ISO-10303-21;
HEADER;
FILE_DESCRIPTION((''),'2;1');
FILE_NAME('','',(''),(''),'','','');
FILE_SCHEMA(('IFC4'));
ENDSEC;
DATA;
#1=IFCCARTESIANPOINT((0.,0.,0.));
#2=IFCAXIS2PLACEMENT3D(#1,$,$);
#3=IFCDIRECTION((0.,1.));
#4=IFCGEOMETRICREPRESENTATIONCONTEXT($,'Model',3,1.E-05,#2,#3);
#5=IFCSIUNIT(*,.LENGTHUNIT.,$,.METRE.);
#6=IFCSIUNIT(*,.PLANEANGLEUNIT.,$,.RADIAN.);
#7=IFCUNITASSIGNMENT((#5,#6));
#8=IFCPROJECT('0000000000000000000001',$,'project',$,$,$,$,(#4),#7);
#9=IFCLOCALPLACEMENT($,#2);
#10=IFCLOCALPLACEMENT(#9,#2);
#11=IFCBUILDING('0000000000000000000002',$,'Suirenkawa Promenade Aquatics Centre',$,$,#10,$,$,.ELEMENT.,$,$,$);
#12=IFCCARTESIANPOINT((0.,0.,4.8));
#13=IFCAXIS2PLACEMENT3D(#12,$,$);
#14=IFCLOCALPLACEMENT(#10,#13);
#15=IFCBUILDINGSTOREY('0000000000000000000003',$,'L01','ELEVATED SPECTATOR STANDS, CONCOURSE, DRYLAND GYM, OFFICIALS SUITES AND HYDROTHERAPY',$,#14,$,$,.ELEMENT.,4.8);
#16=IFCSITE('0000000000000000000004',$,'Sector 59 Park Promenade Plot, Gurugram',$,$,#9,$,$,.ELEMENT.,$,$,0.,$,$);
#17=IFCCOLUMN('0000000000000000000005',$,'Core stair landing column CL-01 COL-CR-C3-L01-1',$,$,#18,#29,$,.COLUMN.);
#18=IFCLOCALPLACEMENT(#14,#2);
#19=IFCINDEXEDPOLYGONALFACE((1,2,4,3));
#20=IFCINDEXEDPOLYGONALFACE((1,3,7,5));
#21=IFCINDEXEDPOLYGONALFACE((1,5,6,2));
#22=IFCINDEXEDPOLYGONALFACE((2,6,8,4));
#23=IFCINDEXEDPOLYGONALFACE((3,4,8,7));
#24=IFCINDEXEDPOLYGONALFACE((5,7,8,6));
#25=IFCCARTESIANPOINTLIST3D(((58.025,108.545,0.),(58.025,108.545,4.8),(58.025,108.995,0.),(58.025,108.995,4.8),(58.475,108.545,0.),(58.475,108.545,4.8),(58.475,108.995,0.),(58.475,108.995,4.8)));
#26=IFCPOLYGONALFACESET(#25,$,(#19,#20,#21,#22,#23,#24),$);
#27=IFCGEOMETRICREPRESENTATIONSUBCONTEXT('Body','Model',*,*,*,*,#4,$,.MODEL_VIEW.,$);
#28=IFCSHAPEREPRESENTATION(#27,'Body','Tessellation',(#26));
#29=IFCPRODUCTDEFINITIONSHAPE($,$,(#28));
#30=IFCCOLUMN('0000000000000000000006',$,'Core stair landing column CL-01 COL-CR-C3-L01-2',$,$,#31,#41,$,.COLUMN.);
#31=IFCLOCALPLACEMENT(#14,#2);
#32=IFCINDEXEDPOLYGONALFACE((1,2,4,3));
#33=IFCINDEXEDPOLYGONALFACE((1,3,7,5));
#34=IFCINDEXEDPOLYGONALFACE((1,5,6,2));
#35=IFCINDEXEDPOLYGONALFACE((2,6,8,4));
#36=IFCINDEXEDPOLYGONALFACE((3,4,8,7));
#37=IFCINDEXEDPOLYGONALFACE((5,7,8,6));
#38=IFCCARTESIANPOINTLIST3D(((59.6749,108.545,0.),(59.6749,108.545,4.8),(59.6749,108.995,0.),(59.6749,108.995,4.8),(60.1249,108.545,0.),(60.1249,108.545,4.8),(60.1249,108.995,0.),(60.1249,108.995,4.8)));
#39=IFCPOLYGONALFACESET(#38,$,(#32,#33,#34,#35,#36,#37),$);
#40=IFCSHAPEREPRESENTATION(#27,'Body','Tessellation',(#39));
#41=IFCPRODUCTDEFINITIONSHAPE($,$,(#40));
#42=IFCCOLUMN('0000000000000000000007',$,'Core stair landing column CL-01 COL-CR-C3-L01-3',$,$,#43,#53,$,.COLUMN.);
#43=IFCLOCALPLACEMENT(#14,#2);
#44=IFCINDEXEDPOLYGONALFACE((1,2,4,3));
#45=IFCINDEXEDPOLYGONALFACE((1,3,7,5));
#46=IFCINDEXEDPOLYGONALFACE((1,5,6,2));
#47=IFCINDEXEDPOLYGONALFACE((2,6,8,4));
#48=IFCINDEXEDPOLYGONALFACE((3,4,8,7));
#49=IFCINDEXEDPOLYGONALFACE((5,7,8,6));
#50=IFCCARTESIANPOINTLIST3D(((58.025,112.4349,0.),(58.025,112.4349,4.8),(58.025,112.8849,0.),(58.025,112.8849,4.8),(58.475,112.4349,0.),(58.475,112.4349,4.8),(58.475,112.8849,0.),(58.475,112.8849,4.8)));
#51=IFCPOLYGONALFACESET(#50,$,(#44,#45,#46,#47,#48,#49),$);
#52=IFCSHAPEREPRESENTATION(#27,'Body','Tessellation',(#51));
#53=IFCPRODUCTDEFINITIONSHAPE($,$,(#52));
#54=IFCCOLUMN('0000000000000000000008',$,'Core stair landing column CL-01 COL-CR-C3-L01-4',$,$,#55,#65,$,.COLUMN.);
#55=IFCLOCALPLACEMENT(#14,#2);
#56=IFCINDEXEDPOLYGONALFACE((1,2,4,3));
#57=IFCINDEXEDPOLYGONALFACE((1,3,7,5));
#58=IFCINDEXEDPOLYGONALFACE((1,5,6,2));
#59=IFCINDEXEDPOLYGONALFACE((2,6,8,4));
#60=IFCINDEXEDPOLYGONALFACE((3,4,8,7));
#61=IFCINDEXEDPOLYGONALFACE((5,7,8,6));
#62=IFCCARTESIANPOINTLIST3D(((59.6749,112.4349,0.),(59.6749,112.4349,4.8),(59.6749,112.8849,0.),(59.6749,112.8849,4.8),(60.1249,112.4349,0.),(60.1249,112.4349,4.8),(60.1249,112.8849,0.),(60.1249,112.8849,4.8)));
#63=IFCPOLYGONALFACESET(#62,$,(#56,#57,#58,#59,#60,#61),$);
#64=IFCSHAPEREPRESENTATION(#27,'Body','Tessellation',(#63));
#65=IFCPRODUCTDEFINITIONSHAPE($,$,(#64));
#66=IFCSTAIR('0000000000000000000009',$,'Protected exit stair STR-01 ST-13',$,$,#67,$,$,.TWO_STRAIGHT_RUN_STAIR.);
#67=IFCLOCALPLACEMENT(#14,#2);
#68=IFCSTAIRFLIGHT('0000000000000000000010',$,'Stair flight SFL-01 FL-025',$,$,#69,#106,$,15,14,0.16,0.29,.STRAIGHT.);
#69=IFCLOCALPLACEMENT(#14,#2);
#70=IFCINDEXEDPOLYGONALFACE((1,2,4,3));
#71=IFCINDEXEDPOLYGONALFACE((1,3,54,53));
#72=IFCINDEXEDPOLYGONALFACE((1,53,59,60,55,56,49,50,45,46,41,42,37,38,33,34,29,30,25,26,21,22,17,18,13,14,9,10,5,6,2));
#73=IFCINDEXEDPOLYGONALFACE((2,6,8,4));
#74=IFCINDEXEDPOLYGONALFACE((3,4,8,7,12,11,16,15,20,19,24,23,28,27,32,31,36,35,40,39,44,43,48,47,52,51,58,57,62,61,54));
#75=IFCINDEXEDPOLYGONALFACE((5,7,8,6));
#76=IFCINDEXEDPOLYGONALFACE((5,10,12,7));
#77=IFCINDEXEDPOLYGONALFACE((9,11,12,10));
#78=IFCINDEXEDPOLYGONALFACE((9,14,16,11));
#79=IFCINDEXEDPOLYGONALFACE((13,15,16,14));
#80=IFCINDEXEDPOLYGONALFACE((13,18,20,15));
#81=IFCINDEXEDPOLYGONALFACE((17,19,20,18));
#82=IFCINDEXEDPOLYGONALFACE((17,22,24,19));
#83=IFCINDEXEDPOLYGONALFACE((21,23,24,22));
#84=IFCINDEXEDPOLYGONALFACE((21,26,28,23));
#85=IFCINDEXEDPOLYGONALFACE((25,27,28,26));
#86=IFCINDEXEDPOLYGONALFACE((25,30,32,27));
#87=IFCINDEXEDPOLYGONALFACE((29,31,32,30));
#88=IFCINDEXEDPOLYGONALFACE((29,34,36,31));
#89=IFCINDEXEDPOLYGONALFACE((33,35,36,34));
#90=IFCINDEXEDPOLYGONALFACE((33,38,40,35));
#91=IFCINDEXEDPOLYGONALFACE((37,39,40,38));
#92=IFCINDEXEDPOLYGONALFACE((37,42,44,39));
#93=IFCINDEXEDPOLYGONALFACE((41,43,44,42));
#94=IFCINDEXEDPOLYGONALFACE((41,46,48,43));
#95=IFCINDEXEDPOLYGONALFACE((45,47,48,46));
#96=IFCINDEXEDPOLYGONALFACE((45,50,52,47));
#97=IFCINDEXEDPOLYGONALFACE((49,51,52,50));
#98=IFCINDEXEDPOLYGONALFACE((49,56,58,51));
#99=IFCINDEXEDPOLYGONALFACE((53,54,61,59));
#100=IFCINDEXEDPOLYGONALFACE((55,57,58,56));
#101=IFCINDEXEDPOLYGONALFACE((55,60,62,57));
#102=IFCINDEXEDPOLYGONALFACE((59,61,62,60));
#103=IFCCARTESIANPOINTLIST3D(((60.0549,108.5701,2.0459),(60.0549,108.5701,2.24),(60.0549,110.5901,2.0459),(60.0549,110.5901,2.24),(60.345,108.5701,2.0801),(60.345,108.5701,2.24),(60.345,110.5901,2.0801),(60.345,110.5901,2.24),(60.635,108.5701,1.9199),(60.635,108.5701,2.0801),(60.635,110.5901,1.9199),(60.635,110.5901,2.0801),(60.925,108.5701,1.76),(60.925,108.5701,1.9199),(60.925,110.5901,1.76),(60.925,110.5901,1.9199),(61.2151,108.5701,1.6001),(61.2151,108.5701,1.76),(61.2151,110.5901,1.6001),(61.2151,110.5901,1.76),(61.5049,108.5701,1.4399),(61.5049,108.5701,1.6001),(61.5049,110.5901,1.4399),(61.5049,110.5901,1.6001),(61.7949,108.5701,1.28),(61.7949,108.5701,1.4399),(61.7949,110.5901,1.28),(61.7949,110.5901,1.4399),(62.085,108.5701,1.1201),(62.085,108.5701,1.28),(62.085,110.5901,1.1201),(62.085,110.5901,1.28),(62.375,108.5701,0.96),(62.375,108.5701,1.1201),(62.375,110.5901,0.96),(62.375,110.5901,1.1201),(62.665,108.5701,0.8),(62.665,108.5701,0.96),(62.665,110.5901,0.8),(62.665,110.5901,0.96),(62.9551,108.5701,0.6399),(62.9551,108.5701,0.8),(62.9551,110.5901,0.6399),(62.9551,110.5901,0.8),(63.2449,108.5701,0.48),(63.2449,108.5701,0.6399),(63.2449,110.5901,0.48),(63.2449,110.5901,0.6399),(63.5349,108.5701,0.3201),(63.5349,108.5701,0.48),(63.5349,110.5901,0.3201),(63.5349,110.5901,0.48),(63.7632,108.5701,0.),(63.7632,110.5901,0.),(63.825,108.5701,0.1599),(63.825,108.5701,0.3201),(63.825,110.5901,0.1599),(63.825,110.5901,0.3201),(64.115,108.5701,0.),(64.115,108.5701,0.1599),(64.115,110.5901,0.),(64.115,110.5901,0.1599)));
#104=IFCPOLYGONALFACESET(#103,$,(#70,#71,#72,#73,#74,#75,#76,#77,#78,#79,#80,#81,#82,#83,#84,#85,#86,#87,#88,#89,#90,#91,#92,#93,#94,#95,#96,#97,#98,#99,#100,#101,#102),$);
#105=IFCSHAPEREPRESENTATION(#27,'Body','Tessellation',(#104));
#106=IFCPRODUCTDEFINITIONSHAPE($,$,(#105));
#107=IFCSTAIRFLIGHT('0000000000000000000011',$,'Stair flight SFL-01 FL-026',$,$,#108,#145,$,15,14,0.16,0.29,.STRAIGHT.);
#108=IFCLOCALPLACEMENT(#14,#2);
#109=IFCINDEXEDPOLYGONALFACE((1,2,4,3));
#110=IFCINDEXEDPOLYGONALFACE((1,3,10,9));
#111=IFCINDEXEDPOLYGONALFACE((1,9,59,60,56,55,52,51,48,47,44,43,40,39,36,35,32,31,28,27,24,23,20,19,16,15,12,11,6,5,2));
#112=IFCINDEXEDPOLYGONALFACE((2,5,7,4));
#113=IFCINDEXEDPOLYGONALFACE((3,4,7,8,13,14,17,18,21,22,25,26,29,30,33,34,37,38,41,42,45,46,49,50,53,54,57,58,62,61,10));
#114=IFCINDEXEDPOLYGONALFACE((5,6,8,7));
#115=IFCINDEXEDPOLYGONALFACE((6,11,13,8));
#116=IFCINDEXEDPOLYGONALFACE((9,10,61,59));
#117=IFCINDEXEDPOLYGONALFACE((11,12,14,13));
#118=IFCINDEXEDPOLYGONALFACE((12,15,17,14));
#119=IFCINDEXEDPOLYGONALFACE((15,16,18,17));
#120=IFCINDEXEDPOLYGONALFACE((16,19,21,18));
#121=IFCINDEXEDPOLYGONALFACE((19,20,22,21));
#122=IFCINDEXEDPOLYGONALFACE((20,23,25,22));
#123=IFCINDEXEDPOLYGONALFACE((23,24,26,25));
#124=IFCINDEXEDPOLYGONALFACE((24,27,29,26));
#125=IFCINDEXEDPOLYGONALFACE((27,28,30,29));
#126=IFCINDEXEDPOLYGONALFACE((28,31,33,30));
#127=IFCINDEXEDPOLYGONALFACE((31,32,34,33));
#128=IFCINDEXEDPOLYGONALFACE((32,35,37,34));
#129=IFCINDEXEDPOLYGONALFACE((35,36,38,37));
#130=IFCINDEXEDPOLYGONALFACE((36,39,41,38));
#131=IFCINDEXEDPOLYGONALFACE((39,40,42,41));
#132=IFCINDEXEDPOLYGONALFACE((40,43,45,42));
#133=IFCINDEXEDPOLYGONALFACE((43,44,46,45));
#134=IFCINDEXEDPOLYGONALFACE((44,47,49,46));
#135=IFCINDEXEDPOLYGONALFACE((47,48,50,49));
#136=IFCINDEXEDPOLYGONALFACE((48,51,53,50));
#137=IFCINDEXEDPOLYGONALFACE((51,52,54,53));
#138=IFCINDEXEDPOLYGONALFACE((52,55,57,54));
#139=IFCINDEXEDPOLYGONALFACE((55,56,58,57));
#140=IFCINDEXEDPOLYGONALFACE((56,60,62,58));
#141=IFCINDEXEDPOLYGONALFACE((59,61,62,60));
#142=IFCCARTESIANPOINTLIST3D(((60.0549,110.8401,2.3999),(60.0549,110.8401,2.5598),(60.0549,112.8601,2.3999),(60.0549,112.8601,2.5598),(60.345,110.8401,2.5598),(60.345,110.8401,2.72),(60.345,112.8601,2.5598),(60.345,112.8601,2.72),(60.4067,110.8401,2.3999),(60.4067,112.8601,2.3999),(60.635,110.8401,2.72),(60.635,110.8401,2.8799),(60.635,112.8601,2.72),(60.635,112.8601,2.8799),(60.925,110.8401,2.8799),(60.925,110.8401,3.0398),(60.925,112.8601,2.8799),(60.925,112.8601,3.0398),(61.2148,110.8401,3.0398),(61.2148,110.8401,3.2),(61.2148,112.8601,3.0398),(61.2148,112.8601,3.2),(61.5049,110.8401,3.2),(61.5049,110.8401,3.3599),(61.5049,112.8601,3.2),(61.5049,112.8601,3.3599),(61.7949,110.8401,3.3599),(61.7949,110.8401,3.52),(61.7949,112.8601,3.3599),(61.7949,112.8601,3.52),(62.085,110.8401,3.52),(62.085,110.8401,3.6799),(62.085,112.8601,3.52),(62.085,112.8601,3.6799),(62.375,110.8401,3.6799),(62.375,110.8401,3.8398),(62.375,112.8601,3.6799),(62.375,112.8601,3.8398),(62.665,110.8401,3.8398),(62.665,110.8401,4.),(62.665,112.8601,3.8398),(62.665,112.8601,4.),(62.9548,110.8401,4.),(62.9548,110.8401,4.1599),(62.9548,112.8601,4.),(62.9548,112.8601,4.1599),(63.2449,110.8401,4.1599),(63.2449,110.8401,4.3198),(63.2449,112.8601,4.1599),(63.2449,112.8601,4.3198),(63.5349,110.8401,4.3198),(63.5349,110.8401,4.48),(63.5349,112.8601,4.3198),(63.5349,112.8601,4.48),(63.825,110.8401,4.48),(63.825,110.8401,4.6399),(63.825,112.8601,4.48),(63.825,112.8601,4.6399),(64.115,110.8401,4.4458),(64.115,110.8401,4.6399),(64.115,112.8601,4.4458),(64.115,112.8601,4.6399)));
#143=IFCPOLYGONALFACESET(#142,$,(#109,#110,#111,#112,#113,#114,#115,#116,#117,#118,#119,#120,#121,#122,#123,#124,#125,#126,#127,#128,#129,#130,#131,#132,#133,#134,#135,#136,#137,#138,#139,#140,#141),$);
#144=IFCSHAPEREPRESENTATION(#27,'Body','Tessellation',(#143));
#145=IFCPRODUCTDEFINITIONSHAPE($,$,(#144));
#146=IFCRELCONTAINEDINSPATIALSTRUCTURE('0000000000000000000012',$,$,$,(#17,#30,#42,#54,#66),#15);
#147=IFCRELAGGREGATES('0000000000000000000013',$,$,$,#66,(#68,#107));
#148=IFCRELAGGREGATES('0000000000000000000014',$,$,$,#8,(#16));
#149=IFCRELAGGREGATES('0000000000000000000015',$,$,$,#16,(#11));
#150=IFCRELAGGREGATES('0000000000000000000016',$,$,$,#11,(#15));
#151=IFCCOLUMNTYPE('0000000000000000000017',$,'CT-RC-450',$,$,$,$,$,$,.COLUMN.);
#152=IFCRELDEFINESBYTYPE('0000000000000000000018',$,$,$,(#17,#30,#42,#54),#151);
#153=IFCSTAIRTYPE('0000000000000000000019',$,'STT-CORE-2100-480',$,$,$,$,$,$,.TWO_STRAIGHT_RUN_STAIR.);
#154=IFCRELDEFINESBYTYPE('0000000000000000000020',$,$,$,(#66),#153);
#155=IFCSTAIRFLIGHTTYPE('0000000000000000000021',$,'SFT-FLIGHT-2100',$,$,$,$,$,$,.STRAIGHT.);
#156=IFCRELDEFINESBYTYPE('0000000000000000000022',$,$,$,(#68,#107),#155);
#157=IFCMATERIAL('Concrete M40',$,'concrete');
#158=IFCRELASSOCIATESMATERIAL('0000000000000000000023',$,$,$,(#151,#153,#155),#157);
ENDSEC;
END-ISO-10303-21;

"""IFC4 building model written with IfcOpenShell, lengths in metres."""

from ifc_helpers import new_model, si_unit, direction, frame, origin, origin_2d, place, context, subcontext, project, spatial, polyline, rectangle, outline, extrude, material, material_profile, profile_set, type_object, element, aggregate, save


model = new_model("IFC4")

# Units and contexts
model_context = context("Model", 3, precision=1e-05, world=origin(), true_north=direction((0.0, 1.0)))
body_context = subcontext(model_context, "Body", "Model", "MODEL_VIEW")
ifc_project = project(units=[si_unit("LENGTHUNIT", "METRE"), si_unit("PLANEANGLEUNIT", "RADIAN")], contexts=[model_context])

# Site, building, storey
site_placement = place(None, origin())
site = spatial("IfcSite", under=ifc_project, at=site_placement, Name="Sector 59 Park Promenade Plot, Gurugram", CompositionType="ELEMENT", RefElevation=0.0)
building_placement = place(site_placement, origin())
building = spatial("IfcBuilding", under=site, at=building_placement, Name="Suirenkawa Promenade Aquatics Centre", CompositionType="ELEMENT")
storey_placement = place(building_placement, frame((0.0, 0.0, 4.8)))
storey = spatial("IfcBuildingStorey", under=building, at=storey_placement, Name="L01", Description="ELEVATED SPECTATOR STANDS, CONCOURSE, DRYLAND GYM, OFFICIALS SUITES AND HYDROTHERAPY", CompositionType="ELEMENT", Elevation=4.8)

# Columns
ifc_material_1 = material(Name="Concrete M40", Category="concrete")
ifc_material_profile = material_profile(ifc_material_1, rectangle(XDim=0.45, YDim=0.45, at=origin_2d()), Name="RC COL 450x450", Category="concrete")
ifc_profile_set = profile_set([ifc_material_profile], Name="Concrete M40")
column_type = type_object("IfcColumnType", Name="CT-RC-450", PredefinedType="COLUMN", material=ifc_profile_set)
for number, where, z_axis, x_axis, name in (
    (1, (58.25, 108.77, 0.0), (0.0, 0.0, 1.0), (1.0, 0.0, 0.0), "Core stair landing column CL-01 COL-CR-C3-L01-1"),
    (2, (59.8999, 108.77, 0.0), (0.0, 0.0, 1.0), (1.0, 0.0, 0.0), "Core stair landing column CL-01 COL-CR-C3-L01-2"),
    (3, (58.25, 112.6599, 0.0), (0.0, 0.0, 1.0), (1.0, 0.0, 0.0), "Core stair landing column CL-01 COL-CR-C3-L01-3"),
    (4, (59.8999, 112.6599, 0.0), (0.0, 0.0, 1.0), (1.0, 0.0, 0.0), "Core stair landing column CL-01 COL-CR-C3-L01-4"),
):
    element("IfcColumn", number, at=place(storey_placement, frame(where, z_axis=z_axis, x_axis=x_axis)), inside=storey, type_object=column_type, Name=name, PredefinedType="COLUMN", context=body_context, shape_type="SweptSolid", body=[
        extrude(rectangle(XDim=0.45, YDim=0.45, at=origin_2d()), origin(), (0.0, 0.0, 1.0), 4.8),
    ])

# Stair, stair flights
stair_type = type_object("IfcStairType", Name="STT-CORE-2100-480", PredefinedType="TWO_STRAIGHT_RUN_STAIR", material=ifc_material_1)
stair_placement = place(storey_placement, origin())
stair = element("IfcStair", 5, at=stair_placement, inside=storey, type_object=stair_type, Name="Protected exit stair STR-01 ST-13", PredefinedType="TWO_STRAIGHT_RUN_STAIR")
stair_flight_type = type_object("IfcStairFlightType", Name="SFT-FLIGHT-2100", PredefinedType="STRAIGHT", material=ifc_material_1)
stair_flight_1_placement = place(storey_placement, frame((64.115, 109.5801, 0.0), z_axis=(0.0, 0.0, 1.0), x_axis=(-1.0, 0.0, 0.0)))
stair_flight_1 = element("IfcStairFlight", 6, at=stair_flight_1_placement, type_object=stair_flight_type, Name="Stair flight SFL-01 FL-025", NumberOfRisers=15, NumberOfTreads=14, PredefinedType="STRAIGHT", RiserHeight=0.16, TreadLength=0.29, context=body_context, shape_type="SweptSolid", body=[
    extrude(outline(polyline([(0.0, 0.0), (0.0, 0.1599), (0.29, 0.1599), (0.29, 0.3201), (0.5801, 0.3201), (0.5801, 0.48), (0.8701, 0.48), (0.8701, 0.6399), (1.1599, 0.6399), (1.1599, 0.8), (1.45, 0.8), (1.45, 0.96), (1.74, 0.96), (1.74, 1.1201), (2.03, 1.1201), (2.03, 1.28), (2.3201, 1.28), (2.3201, 1.4399), (2.6101, 1.4399), (2.6101, 1.6001), (2.8999, 1.6001), (2.8999, 1.76), (3.1899, 1.76), (3.1899, 1.9199), (3.48, 1.9199), (3.48, 2.0801), (3.77, 2.0801), (3.77, 2.24), (4.0601, 2.24), (4.0601, 2.3999), (4.0601, 2.0459), (0.3518, 0.0), (0.0, 0.0)])), frame((0.0, 1.01, 0.0), z_axis=(0.0, -1.0, 0.0), x_axis=(1.0, 0.0, 0.0)), (0.0, 0.0, 1.0), 2.02),
])
stair_flight_2_placement = place(storey_placement, frame((60.0549, 111.8501, 2.3999), z_axis=(0.0, 0.0, 1.0), x_axis=(1.0, 0.0, 0.0)))
stair_flight_2 = element("IfcStairFlight", 7, at=stair_flight_2_placement, type_object=stair_flight_type, Name="Stair flight SFL-01 FL-026", NumberOfRisers=15, NumberOfTreads=14, PredefinedType="STRAIGHT", RiserHeight=0.16, TreadLength=0.29, context=body_context, shape_type="SweptSolid", body=[
    extrude(outline(polyline([(0.0, 0.0), (0.0, 0.1599), (0.29, 0.1599), (0.29, 0.3201), (0.5801, 0.3201), (0.5801, 0.48), (0.8701, 0.48), (0.8701, 0.6399), (1.1599, 0.6399), (1.1599, 0.8), (1.45, 0.8), (1.45, 0.96), (1.74, 0.96), (1.74, 1.1201), (2.03, 1.1201), (2.03, 1.28), (2.3201, 1.28), (2.3201, 1.4399), (2.6101, 1.4399), (2.6101, 1.6001), (2.8999, 1.6001), (2.8999, 1.76), (3.1899, 1.76), (3.1899, 1.9199), (3.48, 1.9199), (3.48, 2.0801), (3.77, 2.0801), (3.77, 2.24), (4.0601, 2.24), (4.0601, 2.3999), (4.0601, 2.0459), (0.3518, 0.0), (0.0, 0.0)])), frame((0.0, 1.01, 0.0), z_axis=(0.0, -1.0, 0.0), x_axis=(1.0, 0.0, 0.0)), (0.0, 0.0, 1.0), 2.02),
])
aggregate(stair, [stair_flight_1, stair_flight_2])

save(model, "model.ifc")
